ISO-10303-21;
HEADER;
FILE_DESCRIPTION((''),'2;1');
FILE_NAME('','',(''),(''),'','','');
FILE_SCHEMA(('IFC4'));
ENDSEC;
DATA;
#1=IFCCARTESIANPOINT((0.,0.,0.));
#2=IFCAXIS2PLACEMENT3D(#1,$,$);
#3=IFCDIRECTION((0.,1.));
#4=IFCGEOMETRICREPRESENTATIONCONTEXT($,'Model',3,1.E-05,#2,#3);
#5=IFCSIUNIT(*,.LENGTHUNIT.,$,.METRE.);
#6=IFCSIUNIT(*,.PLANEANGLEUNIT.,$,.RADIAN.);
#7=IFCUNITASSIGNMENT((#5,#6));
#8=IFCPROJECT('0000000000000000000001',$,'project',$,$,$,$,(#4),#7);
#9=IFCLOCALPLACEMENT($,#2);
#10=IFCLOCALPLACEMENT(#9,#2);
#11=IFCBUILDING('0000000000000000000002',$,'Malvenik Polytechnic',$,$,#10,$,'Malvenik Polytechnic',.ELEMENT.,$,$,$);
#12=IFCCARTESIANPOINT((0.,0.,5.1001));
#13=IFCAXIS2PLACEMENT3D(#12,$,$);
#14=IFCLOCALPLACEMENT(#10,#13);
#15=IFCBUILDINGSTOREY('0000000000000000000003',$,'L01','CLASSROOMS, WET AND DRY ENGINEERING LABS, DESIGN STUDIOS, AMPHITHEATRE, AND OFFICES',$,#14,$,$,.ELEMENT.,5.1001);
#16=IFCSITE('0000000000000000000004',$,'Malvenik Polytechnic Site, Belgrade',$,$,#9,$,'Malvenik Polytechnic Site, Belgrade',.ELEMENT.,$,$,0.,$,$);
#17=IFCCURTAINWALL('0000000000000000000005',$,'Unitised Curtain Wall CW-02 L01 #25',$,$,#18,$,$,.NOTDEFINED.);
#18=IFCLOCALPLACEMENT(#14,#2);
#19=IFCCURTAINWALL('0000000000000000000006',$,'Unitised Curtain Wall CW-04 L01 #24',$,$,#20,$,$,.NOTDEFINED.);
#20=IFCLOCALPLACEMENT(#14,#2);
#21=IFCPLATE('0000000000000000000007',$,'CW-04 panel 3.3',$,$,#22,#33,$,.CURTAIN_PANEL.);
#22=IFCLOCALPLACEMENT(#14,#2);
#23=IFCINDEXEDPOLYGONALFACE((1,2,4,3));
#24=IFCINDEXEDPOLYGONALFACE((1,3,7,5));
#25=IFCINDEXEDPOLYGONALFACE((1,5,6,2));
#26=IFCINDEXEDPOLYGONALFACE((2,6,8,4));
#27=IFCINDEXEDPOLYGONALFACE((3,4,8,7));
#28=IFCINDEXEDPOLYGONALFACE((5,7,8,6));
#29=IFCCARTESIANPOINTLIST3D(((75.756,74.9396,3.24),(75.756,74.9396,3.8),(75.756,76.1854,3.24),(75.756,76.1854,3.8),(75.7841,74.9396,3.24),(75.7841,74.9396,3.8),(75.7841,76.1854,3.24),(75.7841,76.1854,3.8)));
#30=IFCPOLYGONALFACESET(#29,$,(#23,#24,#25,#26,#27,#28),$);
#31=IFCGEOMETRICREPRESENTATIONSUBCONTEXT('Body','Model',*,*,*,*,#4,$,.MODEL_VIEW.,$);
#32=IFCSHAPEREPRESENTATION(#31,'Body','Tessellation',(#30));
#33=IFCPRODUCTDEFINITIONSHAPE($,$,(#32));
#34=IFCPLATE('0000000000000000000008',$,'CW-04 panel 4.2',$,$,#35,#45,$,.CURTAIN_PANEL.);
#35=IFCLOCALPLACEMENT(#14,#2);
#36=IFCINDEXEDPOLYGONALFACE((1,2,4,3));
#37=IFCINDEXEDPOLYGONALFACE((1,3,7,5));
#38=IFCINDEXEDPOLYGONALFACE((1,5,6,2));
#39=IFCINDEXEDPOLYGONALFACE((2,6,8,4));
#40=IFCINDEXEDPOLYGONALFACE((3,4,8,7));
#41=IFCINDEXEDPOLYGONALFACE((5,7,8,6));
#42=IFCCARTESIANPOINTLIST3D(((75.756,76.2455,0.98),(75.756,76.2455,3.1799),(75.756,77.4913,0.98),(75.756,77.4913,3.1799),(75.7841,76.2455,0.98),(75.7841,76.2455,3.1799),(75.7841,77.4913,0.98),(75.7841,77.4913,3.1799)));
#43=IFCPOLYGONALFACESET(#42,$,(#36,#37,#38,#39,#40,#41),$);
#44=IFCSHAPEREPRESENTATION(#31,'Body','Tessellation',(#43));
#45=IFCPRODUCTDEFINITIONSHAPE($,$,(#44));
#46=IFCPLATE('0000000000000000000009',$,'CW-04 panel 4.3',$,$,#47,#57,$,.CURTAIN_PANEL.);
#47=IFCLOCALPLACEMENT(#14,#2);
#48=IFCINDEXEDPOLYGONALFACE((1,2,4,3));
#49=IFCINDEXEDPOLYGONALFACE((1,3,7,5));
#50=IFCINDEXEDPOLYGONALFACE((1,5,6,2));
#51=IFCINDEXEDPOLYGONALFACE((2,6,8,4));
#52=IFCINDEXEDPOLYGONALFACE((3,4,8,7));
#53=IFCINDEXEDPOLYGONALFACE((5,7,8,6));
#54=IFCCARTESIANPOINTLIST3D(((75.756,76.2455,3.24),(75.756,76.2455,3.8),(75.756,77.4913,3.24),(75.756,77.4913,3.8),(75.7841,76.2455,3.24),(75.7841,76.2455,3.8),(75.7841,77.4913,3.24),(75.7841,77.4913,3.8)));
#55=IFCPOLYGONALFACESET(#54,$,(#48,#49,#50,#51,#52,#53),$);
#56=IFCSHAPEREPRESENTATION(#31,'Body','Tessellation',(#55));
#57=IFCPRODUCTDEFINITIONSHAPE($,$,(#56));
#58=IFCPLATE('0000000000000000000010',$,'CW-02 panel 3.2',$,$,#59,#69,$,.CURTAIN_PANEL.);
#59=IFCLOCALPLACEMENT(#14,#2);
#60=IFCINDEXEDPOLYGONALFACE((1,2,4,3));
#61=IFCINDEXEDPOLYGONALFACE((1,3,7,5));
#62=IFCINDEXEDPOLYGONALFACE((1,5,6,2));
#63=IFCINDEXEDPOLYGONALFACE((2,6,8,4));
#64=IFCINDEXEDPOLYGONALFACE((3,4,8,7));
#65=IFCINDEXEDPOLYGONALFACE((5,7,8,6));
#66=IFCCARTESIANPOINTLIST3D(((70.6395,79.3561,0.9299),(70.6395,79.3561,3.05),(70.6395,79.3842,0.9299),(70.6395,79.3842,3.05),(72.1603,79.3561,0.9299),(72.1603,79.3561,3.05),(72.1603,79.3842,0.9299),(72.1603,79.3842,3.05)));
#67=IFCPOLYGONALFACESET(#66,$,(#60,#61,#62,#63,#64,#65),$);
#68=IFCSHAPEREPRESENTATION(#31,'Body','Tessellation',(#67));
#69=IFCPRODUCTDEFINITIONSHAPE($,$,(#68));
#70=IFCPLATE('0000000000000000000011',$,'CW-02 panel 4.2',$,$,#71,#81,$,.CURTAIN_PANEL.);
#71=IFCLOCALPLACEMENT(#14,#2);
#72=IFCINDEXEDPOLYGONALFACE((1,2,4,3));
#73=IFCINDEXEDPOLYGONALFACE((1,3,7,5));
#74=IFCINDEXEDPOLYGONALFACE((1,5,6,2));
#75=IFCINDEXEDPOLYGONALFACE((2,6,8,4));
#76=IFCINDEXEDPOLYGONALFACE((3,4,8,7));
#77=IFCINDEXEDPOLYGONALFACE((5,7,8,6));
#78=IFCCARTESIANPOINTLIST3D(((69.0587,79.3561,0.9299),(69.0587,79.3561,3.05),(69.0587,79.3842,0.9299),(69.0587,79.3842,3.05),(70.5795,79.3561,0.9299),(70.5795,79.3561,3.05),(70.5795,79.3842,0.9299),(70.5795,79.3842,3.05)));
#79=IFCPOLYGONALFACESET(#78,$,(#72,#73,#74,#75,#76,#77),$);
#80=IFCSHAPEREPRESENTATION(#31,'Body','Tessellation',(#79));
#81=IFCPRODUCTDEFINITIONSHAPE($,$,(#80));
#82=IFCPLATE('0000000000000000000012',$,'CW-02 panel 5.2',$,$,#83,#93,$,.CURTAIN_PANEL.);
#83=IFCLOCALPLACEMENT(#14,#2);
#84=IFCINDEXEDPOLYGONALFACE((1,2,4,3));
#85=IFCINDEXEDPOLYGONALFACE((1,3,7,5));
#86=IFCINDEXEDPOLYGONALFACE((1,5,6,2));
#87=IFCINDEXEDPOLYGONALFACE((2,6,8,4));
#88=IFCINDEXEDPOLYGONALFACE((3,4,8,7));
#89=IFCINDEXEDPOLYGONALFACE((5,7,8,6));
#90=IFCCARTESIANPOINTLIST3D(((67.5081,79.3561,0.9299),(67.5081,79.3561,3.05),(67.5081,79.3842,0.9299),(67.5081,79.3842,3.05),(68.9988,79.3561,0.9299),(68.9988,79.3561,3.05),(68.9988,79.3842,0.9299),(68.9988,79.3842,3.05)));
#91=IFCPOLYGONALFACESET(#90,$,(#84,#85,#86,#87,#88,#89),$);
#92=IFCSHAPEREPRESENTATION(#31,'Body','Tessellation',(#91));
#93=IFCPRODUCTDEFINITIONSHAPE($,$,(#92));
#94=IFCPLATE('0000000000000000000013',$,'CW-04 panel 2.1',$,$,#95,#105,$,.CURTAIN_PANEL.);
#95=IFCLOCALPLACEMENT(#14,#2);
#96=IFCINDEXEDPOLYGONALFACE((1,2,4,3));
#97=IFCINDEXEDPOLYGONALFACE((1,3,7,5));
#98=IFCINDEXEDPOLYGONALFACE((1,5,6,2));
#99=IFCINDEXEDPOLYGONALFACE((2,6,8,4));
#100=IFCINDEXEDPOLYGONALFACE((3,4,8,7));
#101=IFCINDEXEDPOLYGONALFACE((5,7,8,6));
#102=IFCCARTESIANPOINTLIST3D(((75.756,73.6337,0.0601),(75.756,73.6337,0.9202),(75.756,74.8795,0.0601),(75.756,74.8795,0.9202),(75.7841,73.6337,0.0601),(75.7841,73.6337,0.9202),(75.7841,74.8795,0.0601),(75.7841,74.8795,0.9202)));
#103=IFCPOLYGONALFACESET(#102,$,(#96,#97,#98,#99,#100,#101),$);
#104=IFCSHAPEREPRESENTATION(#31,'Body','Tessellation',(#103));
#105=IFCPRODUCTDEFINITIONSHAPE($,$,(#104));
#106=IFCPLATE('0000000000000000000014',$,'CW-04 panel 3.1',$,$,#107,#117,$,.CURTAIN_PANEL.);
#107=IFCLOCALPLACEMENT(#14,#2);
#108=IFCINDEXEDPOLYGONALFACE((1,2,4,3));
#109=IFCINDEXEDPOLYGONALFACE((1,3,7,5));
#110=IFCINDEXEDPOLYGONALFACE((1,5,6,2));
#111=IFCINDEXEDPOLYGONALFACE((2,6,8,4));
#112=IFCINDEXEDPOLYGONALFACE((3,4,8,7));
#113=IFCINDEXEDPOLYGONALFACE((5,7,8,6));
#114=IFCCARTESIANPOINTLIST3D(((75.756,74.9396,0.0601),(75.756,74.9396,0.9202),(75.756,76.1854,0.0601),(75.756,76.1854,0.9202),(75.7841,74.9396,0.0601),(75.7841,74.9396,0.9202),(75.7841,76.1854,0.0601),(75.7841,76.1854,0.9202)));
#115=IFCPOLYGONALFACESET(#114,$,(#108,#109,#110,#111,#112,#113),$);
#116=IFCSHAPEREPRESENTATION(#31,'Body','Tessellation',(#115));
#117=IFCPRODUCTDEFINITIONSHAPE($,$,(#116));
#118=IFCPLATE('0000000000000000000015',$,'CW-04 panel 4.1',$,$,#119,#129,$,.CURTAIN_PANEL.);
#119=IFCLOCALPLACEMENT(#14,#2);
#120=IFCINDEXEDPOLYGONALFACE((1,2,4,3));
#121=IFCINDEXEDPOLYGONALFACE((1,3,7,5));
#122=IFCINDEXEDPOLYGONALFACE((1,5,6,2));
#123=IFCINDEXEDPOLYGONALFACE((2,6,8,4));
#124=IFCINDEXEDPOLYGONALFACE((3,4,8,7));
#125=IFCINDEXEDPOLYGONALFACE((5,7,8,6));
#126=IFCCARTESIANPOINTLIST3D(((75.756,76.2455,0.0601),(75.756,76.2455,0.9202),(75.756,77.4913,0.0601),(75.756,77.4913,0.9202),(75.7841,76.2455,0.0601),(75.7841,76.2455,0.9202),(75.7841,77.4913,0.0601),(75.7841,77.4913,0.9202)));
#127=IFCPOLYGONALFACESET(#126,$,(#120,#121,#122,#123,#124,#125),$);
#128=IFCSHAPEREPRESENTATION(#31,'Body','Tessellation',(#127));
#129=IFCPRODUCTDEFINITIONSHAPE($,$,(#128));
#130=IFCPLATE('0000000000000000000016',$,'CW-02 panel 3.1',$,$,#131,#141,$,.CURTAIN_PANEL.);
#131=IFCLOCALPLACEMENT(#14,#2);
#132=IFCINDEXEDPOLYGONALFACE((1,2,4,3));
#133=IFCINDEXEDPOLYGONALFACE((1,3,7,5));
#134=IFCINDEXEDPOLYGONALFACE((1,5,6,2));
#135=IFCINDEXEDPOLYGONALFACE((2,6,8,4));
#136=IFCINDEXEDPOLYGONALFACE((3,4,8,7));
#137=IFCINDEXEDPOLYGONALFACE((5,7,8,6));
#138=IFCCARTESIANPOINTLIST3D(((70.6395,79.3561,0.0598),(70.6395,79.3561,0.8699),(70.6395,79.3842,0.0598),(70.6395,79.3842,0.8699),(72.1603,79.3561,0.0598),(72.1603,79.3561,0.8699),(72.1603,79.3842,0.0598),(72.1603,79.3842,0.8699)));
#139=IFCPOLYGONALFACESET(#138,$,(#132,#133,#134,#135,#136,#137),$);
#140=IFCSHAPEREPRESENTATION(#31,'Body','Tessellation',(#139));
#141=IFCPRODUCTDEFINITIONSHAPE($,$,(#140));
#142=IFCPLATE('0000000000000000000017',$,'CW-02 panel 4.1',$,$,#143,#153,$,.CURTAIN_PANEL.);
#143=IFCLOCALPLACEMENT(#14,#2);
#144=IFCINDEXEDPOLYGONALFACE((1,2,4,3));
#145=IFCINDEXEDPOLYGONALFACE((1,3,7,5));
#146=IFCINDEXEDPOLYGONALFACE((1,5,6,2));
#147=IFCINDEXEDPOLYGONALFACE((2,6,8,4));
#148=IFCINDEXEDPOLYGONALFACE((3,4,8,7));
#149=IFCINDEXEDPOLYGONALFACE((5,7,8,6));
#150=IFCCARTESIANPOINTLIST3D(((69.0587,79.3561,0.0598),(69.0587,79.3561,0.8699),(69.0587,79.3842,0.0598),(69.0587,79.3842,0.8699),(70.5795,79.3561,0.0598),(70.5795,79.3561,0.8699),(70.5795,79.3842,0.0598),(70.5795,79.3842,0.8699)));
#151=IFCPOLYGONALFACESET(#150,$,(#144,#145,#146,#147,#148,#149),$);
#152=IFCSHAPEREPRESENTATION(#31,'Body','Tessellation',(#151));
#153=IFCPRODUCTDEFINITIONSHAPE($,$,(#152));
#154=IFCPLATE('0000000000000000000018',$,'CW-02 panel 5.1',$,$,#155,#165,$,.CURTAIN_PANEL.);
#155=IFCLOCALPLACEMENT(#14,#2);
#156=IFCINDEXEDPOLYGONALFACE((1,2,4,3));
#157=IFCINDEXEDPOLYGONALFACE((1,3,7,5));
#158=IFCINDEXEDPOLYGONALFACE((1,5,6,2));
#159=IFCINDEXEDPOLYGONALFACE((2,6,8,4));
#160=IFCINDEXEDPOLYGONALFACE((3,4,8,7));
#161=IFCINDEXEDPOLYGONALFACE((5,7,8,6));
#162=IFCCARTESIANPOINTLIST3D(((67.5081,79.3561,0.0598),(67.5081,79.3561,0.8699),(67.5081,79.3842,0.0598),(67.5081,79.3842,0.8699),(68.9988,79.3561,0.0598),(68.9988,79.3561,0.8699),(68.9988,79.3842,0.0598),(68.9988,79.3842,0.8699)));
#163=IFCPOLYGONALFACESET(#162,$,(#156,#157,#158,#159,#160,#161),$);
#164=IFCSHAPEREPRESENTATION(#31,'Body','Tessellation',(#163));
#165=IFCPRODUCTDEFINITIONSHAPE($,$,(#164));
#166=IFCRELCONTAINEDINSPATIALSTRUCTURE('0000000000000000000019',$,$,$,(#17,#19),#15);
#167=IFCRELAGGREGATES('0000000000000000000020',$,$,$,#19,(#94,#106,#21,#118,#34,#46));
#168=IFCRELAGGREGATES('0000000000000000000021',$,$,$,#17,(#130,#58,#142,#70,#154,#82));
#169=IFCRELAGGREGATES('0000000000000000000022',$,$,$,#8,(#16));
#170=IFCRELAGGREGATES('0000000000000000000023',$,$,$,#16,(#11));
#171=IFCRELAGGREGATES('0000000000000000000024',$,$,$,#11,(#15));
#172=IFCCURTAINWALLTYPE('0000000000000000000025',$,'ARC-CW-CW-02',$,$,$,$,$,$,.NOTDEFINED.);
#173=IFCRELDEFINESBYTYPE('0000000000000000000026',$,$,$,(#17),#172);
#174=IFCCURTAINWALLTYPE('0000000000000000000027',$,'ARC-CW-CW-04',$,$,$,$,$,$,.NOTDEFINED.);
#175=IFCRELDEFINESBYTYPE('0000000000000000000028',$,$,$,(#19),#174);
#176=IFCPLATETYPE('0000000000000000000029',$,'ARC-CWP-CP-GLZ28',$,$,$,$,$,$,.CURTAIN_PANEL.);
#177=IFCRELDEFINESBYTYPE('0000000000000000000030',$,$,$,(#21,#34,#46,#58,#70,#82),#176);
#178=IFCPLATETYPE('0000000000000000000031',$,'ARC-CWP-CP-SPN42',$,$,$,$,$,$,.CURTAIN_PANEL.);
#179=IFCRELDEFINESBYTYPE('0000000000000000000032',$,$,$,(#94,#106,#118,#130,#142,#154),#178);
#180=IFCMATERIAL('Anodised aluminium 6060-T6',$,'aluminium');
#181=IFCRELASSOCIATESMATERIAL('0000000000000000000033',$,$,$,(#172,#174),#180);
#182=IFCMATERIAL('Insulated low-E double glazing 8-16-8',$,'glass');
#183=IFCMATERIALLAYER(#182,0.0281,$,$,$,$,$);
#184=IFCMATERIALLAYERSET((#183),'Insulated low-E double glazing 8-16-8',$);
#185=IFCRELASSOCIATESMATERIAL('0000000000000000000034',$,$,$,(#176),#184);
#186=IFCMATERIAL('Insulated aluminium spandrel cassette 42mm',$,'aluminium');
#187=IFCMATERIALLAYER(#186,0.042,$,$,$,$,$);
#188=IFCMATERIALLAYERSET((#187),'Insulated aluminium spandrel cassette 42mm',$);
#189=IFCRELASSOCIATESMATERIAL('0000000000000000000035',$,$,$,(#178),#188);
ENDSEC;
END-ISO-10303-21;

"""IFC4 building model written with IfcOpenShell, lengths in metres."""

from ifc_helpers import new_model, si_unit, direction, frame, origin, origin_2d, place, context, subcontext, project, spatial, rectangle, extrude, material, layer, layer_set, type_object, element, aggregate, save


model = new_model("IFC4")

# Units and contexts
model_context = context("Model", 3, precision=1e-05, world=origin(), true_north=direction((0.0, 1.0)))
body_context = subcontext(model_context, "Body", "Model", "MODEL_VIEW")
ifc_project = project(units=[si_unit("LENGTHUNIT", "METRE"), si_unit("PLANEANGLEUNIT", "RADIAN")], contexts=[model_context])

# Site, building, storey
site_placement = place(None, origin())
site = spatial("IfcSite", under=ifc_project, at=site_placement, Name="Malvenik Polytechnic Site, Belgrade", LongName="Malvenik Polytechnic Site, Belgrade", CompositionType="ELEMENT", RefElevation=0.0)
building_placement = place(site_placement, origin())
building = spatial("IfcBuilding", under=site, at=building_placement, Name="Malvenik Polytechnic", LongName="Malvenik Polytechnic", CompositionType="ELEMENT")
storey_placement = place(building_placement, frame((0.0, 0.0, 5.1001)))
storey = spatial("IfcBuildingStorey", under=building, at=storey_placement, Name="L01", Description="CLASSROOMS, WET AND DRY ENGINEERING LABS, DESIGN STUDIOS, AMPHITHEATRE, AND OFFICES", CompositionType="ELEMENT", Elevation=5.1001)

# Curtain walls
ifc_material_1 = material(Name="Anodised aluminium 6060-T6", Category="aluminium")
curtain_wall_type_1 = type_object("IfcCurtainWallType", Name="ARC-CW-CW-02", PredefinedType="NOTDEFINED", material=ifc_material_1)
curtain_wall_1_placement = place(storey_placement, origin())
curtain_wall_1 = element("IfcCurtainWall", 1, at=curtain_wall_1_placement, inside=storey, type_object=curtain_wall_type_1, Name="Unitised Curtain Wall CW-02 L01 #25", PredefinedType="NOTDEFINED")
curtain_wall_type_2 = type_object("IfcCurtainWallType", Name="ARC-CW-CW-04", PredefinedType="NOTDEFINED", material=ifc_material_1)
curtain_wall_2_placement = place(storey_placement, origin())
curtain_wall_2 = element("IfcCurtainWall", 2, at=curtain_wall_2_placement, inside=storey, type_object=curtain_wall_type_2, Name="Unitised Curtain Wall CW-04 L01 #24", PredefinedType="NOTDEFINED")

# Plates
ifc_material_2 = material(Name="Insulated low-E double glazing 8-16-8", Category="glass")
ifc_layer_1 = layer(ifc_material_2, 0.0281)
ifc_layer_set_1 = layer_set([ifc_layer_1], Name="Insulated low-E double glazing 8-16-8")
plate_type_1 = type_object("IfcPlateType", Name="ARC-CWP-CP-GLZ28", PredefinedType="CURTAIN_PANEL", material=ifc_layer_set_1)
plate_1_placement = place(storey_placement, frame((75.77, 75.5625, 3.24), z_axis=(0.0, 0.0, 1.0), x_axis=(0.0, 1.0, 0.0)))
plate_1 = element("IfcPlate", 3, at=plate_1_placement, type_object=plate_type_1, Name="CW-04 panel 3.3", PredefinedType="CURTAIN_PANEL", context=body_context, shape_type="SweptSolid", body=[
    extrude(rectangle(XDim=1.2458, YDim=0.0281, at=origin_2d()), origin(), (0.0, 0.0, 1.0), 0.5601),
])
plate_2_placement = place(storey_placement, frame((75.77, 76.8684, 0.98), z_axis=(0.0, 0.0, 1.0), x_axis=(0.0, 1.0, 0.0)))
plate_2 = element("IfcPlate", 4, at=plate_2_placement, type_object=plate_type_1, Name="CW-04 panel 4.2", PredefinedType="CURTAIN_PANEL", context=body_context, shape_type="SweptSolid", body=[
    extrude(rectangle(XDim=1.2458, YDim=0.0281, at=origin_2d()), origin(), (0.0, 0.0, 1.0), 2.2),
])
plate_3_placement = place(storey_placement, frame((75.77, 76.8684, 3.24), z_axis=(0.0, 0.0, 1.0), x_axis=(0.0, 1.0, 0.0)))
plate_3 = element("IfcPlate", 5, at=plate_3_placement, type_object=plate_type_1, Name="CW-04 panel 4.3", PredefinedType="CURTAIN_PANEL", context=body_context, shape_type="SweptSolid", body=[
    extrude(rectangle(XDim=1.2458, YDim=0.0281, at=origin_2d()), origin(), (0.0, 0.0, 1.0), 0.5601),
])
plate_4_placement = place(storey_placement, frame((71.3999, 79.3701, 0.9299), z_axis=(0.0, 0.0, 1.0), x_axis=(-1.0, 0.0, 0.0)))
plate_4 = element("IfcPlate", 6, at=plate_4_placement, type_object=plate_type_1, Name="CW-02 panel 3.2", PredefinedType="CURTAIN_PANEL", context=body_context, shape_type="SweptSolid", body=[
    extrude(rectangle(XDim=1.5208, YDim=0.0281, at=origin_2d()), origin(), (0.0, 0.0, 1.0), 2.1201),
])
plate_5_placement = place(storey_placement, frame((69.8191, 79.3701, 0.9299), z_axis=(0.0, 0.0, 1.0), x_axis=(-1.0, 0.0, 0.0)))
plate_5 = element("IfcPlate", 7, at=plate_5_placement, type_object=plate_type_1, Name="CW-02 panel 4.2", PredefinedType="CURTAIN_PANEL", context=body_context, shape_type="SweptSolid", body=[
    extrude(rectangle(XDim=1.5208, YDim=0.0281, at=origin_2d()), origin(), (0.0, 0.0, 1.0), 2.1201),
])
plate_6_placement = place(storey_placement, frame((68.2534, 79.3701, 0.9299), z_axis=(0.0, 0.0, 1.0), x_axis=(-1.0, 0.0, 0.0)))
plate_6 = element("IfcPlate", 8, at=plate_6_placement, type_object=plate_type_1, Name="CW-02 panel 5.2", PredefinedType="CURTAIN_PANEL", context=body_context, shape_type="SweptSolid", body=[
    extrude(rectangle(XDim=1.4907, YDim=0.0281, at=origin_2d()), origin(), (0.0, 0.0, 1.0), 2.1201),
])
ifc_material_3 = material(Name="Insulated aluminium spandrel cassette 42mm", Category="aluminium")
ifc_layer_2 = layer(ifc_material_3, 0.042)
ifc_layer_set_2 = layer_set([ifc_layer_2], Name="Insulated aluminium spandrel cassette 42mm")
plate_type_2 = type_object("IfcPlateType", Name="ARC-CWP-CP-SPN42", PredefinedType="CURTAIN_PANEL", material=ifc_layer_set_2)
plate_7_placement = place(storey_placement, frame((75.77, 74.2566, 0.0601), z_axis=(0.0, 0.0, 1.0), x_axis=(0.0, 1.0, 0.0)))
plate_7 = element("IfcPlate", 9, at=plate_7_placement, type_object=plate_type_2, Name="CW-04 panel 2.1", PredefinedType="CURTAIN_PANEL", context=body_context, shape_type="SweptSolid", body=[
    extrude(rectangle(XDim=1.2458, YDim=0.0281, at=origin_2d()), origin(), (0.0, 0.0, 1.0), 0.8601),
])
plate_8_placement = place(storey_placement, frame((75.77, 75.5625, 0.0601), z_axis=(0.0, 0.0, 1.0), x_axis=(0.0, 1.0, 0.0)))
plate_8 = element("IfcPlate", 10, at=plate_8_placement, type_object=plate_type_2, Name="CW-04 panel 3.1", PredefinedType="CURTAIN_PANEL", context=body_context, shape_type="SweptSolid", body=[
    extrude(rectangle(XDim=1.2458, YDim=0.0281, at=origin_2d()), origin(), (0.0, 0.0, 1.0), 0.8601),
])
plate_9_placement = place(storey_placement, frame((75.77, 76.8684, 0.0601), z_axis=(0.0, 0.0, 1.0), x_axis=(0.0, 1.0, 0.0)))
plate_9 = element("IfcPlate", 11, at=plate_9_placement, type_object=plate_type_2, Name="CW-04 panel 4.1", PredefinedType="CURTAIN_PANEL", context=body_context, shape_type="SweptSolid", body=[
    extrude(rectangle(XDim=1.2458, YDim=0.0281, at=origin_2d()), origin(), (0.0, 0.0, 1.0), 0.8601),
])
aggregate(curtain_wall_2, [plate_7, plate_8, plate_1, plate_9, plate_2, plate_3])
plate_10_placement = place(storey_placement, frame((71.3999, 79.3701, 0.0598), z_axis=(0.0, 0.0, 1.0), x_axis=(-1.0, 0.0, 0.0)))
plate_10 = element("IfcPlate", 12, at=plate_10_placement, type_object=plate_type_2, Name="CW-02 panel 3.1", PredefinedType="CURTAIN_PANEL", context=body_context, shape_type="SweptSolid", body=[
    extrude(rectangle(XDim=1.5208, YDim=0.0281, at=origin_2d()), origin(), (0.0, 0.0, 1.0), 0.8101),
])
plate_11_placement = place(storey_placement, frame((69.8191, 79.3701, 0.0598), z_axis=(0.0, 0.0, 1.0), x_axis=(-1.0, 0.0, 0.0)))
plate_11 = element("IfcPlate", 13, at=plate_11_placement, type_object=plate_type_2, Name="CW-02 panel 4.1", PredefinedType="CURTAIN_PANEL", context=body_context, shape_type="SweptSolid", body=[
    extrude(rectangle(XDim=1.5208, YDim=0.0281, at=origin_2d()), origin(), (0.0, 0.0, 1.0), 0.8101),
])
plate_12_placement = place(storey_placement, frame((68.2534, 79.3701, 0.0598), z_axis=(0.0, 0.0, 1.0), x_axis=(-1.0, 0.0, 0.0)))
plate_12 = element("IfcPlate", 14, at=plate_12_placement, type_object=plate_type_2, Name="CW-02 panel 5.1", PredefinedType="CURTAIN_PANEL", context=body_context, shape_type="SweptSolid", body=[
    extrude(rectangle(XDim=1.4907, YDim=0.0281, at=origin_2d()), origin(), (0.0, 0.0, 1.0), 0.8101),
])
aggregate(curtain_wall_1, [plate_10, plate_4, plate_11, plate_5, plate_12, plate_6])

save(model, "model.ifc")
